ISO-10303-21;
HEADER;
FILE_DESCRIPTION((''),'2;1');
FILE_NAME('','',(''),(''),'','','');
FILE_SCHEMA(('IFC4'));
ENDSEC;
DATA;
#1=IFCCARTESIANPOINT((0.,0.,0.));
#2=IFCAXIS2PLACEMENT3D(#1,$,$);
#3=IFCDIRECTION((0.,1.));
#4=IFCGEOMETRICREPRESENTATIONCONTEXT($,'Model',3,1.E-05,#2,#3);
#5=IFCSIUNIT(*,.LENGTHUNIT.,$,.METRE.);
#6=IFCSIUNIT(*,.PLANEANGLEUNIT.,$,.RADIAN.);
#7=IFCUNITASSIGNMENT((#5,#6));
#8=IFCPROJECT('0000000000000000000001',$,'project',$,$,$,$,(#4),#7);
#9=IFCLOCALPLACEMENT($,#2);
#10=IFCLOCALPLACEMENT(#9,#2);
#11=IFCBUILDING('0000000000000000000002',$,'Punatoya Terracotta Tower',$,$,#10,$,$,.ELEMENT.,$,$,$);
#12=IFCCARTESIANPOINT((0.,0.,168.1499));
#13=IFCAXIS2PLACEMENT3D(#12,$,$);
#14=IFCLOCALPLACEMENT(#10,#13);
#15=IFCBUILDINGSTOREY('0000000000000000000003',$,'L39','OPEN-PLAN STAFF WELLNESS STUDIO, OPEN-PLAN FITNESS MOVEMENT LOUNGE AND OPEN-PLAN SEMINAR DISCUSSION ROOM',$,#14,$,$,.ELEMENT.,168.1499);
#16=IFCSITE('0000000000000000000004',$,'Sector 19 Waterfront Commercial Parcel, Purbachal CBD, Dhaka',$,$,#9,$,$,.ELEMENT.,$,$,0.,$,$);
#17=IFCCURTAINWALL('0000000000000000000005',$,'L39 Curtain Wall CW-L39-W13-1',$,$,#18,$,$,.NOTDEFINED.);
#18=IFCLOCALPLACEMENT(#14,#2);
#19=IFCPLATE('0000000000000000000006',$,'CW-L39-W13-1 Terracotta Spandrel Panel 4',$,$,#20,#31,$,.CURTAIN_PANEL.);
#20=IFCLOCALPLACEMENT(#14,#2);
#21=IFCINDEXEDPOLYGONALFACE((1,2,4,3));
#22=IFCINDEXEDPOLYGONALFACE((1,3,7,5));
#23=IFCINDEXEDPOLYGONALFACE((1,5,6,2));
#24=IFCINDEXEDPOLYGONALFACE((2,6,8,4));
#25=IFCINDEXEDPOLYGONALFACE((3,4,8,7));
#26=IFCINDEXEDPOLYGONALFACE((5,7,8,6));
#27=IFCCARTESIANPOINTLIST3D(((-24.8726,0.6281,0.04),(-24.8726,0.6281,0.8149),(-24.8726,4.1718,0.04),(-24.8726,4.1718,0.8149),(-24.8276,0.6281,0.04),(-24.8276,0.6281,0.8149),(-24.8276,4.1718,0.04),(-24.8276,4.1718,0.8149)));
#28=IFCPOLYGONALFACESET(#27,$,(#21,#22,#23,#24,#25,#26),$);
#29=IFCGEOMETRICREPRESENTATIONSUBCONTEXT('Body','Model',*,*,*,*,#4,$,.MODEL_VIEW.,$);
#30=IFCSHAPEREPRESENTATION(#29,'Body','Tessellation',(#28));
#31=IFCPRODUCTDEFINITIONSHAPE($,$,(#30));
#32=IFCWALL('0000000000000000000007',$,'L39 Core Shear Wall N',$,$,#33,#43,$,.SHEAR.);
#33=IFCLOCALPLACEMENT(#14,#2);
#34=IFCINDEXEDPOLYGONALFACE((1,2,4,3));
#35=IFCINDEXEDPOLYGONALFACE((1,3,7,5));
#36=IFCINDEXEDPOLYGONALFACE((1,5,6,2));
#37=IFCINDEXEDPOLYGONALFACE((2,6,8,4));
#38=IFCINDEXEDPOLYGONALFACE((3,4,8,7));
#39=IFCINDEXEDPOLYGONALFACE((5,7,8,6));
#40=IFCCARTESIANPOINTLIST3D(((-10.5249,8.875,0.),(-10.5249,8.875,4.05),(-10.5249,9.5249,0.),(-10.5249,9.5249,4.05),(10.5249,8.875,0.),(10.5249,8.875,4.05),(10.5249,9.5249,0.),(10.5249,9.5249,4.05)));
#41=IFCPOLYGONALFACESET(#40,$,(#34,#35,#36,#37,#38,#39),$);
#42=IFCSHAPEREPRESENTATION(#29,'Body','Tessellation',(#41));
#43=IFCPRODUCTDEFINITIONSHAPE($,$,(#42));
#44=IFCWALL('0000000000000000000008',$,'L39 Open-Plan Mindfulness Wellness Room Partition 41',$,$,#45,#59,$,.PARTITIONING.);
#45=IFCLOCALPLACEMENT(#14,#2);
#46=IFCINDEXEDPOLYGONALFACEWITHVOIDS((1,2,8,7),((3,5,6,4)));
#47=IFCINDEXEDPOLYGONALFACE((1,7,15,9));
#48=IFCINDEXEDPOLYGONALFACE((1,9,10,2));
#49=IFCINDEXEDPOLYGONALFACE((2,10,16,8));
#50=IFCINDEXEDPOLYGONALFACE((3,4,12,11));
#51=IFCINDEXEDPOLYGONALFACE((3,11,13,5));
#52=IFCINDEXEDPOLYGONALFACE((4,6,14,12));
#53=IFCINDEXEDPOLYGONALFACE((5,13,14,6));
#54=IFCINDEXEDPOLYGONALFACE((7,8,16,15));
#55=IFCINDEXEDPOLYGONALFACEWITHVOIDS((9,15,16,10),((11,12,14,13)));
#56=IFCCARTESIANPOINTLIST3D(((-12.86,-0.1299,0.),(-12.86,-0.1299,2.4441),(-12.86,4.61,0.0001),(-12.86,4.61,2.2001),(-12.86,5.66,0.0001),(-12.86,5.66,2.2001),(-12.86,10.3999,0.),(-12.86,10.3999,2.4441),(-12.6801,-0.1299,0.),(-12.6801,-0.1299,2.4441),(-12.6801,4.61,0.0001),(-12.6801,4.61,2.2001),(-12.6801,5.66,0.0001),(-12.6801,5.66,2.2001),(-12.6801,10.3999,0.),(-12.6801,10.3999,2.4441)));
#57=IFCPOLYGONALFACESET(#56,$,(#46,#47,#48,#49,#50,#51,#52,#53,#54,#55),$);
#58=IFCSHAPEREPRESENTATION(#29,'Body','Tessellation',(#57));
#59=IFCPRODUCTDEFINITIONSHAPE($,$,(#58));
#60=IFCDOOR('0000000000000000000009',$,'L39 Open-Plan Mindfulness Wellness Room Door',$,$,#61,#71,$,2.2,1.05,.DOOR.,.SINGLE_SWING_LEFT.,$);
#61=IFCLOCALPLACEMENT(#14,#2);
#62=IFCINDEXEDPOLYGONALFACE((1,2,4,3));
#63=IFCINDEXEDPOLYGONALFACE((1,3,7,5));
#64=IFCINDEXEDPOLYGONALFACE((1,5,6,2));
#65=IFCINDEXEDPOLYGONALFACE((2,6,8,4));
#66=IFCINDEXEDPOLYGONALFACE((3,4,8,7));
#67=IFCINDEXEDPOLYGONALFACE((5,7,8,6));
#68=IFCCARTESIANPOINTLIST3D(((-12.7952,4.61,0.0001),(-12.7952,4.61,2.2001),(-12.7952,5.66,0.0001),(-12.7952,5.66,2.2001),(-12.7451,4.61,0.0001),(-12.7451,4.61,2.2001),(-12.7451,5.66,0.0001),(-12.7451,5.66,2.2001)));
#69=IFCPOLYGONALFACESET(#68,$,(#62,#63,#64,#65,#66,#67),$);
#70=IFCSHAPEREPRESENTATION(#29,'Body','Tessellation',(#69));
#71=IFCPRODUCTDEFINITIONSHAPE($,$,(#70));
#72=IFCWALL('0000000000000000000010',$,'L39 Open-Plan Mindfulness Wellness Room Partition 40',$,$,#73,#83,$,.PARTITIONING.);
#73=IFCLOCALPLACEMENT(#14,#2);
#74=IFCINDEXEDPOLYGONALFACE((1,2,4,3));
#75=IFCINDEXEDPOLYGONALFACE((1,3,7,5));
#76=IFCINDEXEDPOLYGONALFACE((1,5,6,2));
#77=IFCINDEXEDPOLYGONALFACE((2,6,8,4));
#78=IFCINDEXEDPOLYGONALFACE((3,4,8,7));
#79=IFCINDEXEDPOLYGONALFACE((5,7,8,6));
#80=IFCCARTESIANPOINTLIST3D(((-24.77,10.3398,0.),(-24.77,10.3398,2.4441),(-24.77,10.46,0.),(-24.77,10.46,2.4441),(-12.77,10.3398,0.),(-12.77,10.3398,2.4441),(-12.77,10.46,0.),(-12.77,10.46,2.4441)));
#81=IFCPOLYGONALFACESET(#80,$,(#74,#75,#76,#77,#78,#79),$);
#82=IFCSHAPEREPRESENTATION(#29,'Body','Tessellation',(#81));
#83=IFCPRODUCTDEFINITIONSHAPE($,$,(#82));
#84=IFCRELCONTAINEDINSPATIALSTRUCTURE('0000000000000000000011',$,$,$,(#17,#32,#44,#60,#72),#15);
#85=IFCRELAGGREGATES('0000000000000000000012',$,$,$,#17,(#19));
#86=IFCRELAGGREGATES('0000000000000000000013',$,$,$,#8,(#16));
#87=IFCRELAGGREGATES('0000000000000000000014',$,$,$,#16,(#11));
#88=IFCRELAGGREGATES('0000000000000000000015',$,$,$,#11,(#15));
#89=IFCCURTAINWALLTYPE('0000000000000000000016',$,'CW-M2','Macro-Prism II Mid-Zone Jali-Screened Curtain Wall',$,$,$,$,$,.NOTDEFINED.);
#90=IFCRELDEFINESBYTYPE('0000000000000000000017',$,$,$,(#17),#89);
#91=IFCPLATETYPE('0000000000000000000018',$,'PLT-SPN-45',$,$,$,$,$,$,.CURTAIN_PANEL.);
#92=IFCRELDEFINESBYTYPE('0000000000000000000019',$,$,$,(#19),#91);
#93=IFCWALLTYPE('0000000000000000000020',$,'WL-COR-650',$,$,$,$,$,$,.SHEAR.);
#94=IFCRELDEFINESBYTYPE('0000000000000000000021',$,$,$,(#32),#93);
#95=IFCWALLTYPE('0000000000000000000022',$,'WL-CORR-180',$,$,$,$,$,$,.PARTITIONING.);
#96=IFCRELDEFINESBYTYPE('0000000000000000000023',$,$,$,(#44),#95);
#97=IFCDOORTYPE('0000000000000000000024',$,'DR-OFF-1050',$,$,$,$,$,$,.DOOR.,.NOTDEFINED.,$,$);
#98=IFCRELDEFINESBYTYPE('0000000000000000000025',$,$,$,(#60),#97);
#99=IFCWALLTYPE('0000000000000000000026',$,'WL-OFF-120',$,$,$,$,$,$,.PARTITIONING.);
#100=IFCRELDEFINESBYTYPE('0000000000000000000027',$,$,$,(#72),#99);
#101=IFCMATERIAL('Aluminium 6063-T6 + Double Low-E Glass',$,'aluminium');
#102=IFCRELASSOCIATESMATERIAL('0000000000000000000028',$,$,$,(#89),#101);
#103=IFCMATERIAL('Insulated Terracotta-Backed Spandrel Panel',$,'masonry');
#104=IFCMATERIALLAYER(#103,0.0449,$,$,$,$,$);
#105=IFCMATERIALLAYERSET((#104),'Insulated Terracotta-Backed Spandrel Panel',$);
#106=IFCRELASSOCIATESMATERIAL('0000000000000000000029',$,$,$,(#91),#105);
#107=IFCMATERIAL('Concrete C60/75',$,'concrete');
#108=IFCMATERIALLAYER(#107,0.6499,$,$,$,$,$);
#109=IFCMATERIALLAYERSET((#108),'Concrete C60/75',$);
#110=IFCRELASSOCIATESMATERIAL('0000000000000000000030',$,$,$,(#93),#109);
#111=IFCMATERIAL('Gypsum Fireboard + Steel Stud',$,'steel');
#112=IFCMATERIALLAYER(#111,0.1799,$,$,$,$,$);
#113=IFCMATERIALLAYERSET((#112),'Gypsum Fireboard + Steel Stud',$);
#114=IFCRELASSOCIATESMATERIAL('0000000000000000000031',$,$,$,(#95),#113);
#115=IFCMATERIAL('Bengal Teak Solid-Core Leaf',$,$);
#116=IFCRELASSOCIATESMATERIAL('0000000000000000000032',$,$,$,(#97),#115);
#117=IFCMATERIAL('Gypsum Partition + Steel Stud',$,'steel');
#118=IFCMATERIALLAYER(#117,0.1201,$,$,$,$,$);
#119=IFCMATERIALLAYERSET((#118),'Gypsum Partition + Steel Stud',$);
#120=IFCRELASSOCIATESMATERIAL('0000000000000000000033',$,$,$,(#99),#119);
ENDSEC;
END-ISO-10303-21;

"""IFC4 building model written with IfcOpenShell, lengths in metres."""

from ifc_helpers import new_model, si_unit, direction, frame, frame_2d, origin, origin_2d, place, context, subcontext, project, spatial, rectangle, extrude, material, layer, layer_set, type_object, element, fill, aggregate, save


model = new_model("IFC4")

# Units and contexts
model_context = context("Model", 3, precision=1e-05, world=origin(), true_north=direction((0.0, 1.0)))
body_context = subcontext(model_context, "Body", "Model", "MODEL_VIEW")
ifc_project = project(units=[si_unit("LENGTHUNIT", "METRE"), si_unit("PLANEANGLEUNIT", "RADIAN")], contexts=[model_context])

# Site, building, storey
site_placement = place(None, origin())
site = spatial("IfcSite", under=ifc_project, at=site_placement, Name="Sector 19 Waterfront Commercial Parcel, Purbachal CBD, Dhaka", CompositionType="ELEMENT", RefElevation=0.0)
building_placement = place(site_placement, origin())
building = spatial("IfcBuilding", under=site, at=building_placement, Name="Punatoya Terracotta Tower", CompositionType="ELEMENT")
storey_placement = place(building_placement, frame((0.0, 0.0, 168.1499)))
storey = spatial("IfcBuildingStorey", under=building, at=storey_placement, Name="L39", Description="OPEN-PLAN STAFF WELLNESS STUDIO, OPEN-PLAN FITNESS MOVEMENT LOUNGE AND OPEN-PLAN SEMINAR DISCUSSION ROOM", CompositionType="ELEMENT", Elevation=168.1499)

# Curtain wall, plate
ifc_material_1 = material(Name="Aluminium 6063-T6 + Double Low-E Glass", Category="aluminium")
curtain_wall_type = type_object("IfcCurtainWallType", Name="CW-M2", Description="Macro-Prism II Mid-Zone Jali-Screened Curtain Wall", PredefinedType="NOTDEFINED", material=ifc_material_1)
curtain_wall_placement = place(storey_placement, origin())
curtain_wall = element("IfcCurtainWall", 1, at=curtain_wall_placement, inside=storey, type_object=curtain_wall_type, Name="L39 Curtain Wall CW-L39-W13-1", PredefinedType="NOTDEFINED")
ifc_material_2 = material(Name="Insulated Terracotta-Backed Spandrel Panel", Category="masonry")
ifc_layer_1 = layer(ifc_material_2, 0.0449)
ifc_layer_set_1 = layer_set([ifc_layer_1], Name="Insulated Terracotta-Backed Spandrel Panel")
plate_type_1 = type_object("IfcPlateType", Name="PLT-SPN-45", PredefinedType="CURTAIN_PANEL", material=ifc_layer_set_1)
plate_1_placement = place(storey_placement, frame((-24.8501, 2.3999, 0.04), z_axis=(0.0, 0.0, 1.0), x_axis=(0.0, -1.0, 0.0)))
plate_1 = element("IfcPlate", 2, at=plate_1_placement, type_object=plate_type_1, Name="CW-L39-W13-1 Terracotta Spandrel Panel 4", PredefinedType="CURTAIN_PANEL", context=body_context, shape_type="SweptSolid", body=[
    extrude(rectangle(XDim=3.5437, YDim=0.0449, at=origin_2d()), origin(), (0.0, 0.0, 1.0), 0.7749),
])
aggregate(curtain_wall, [plate_1])

# Wall
ifc_material_3 = material(Name="Concrete C60/75", Category="concrete")
ifc_layer_2 = layer(ifc_material_3, 0.6499)
ifc_layer_set_2 = layer_set([ifc_layer_2], Name="Concrete C60/75")
wall_type_1 = type_object("IfcWallType", Name="WL-COR-650", PredefinedType="SHEAR", material=ifc_layer_set_2)
wall_1_placement = place(storey_placement, frame((-10.5249, 9.2, 0.0), z_axis=(0.0, 0.0, 1.0), x_axis=(1.0, 0.0, 0.0)))
element("IfcWall", 3, at=wall_1_placement, inside=storey, type_object=wall_type_1, Name="L39 Core Shear Wall N", PredefinedType="SHEAR", context=body_context, shape_type="SweptSolid", body=[
    extrude(rectangle(XDim=21.0498, YDim=0.6499, at=frame_2d((10.5249, 0.0))), origin(), (0.0, 0.0, 1.0), 4.05),
])

# Wall, opening, door
ifc_material_4 = material(Name="Gypsum Fireboard + Steel Stud", Category="steel")
ifc_layer_3 = layer(ifc_material_4, 0.1799)
ifc_layer_set_3 = layer_set([ifc_layer_3], Name="Gypsum Fireboard + Steel Stud")
wall_type_2 = type_object("IfcWallType", Name="WL-CORR-180", PredefinedType="PARTITIONING", material=ifc_layer_set_3)
wall_2_placement = place(storey_placement, frame((-12.77, 10.3999, 0.0), z_axis=(0.0, 0.0, 1.0), x_axis=(0.0, -1.0, 0.0)))
wall_2 = element("IfcWall", 4, at=wall_2_placement, inside=storey, type_object=wall_type_2, Name="L39 Open-Plan Mindfulness Wellness Room Partition 41", PredefinedType="PARTITIONING", context=body_context, shape_type="SweptSolid", body=[
    extrude(rectangle(XDim=10.5298, YDim=0.1799, at=frame_2d((5.2649, 0.0))), origin(), (0.0, 0.0, 1.0), 2.4441),
])
opening_placement = place(wall_2_placement, frame((4.74, 0.0, 0.0)))
opening = element("IfcOpeningElement", 5, at=opening_placement, cuts=wall_2, PredefinedType="OPENING", context=body_context, shape_type="SweptSolid", body=[
    extrude(rectangle(XDim=1.05, YDim=2.2, at=frame_2d((0.5249, 1.1001))), frame((0.0, 0.0999, 0.0), z_axis=(0.0, -1.0, 0.0), x_axis=(1.0, 0.0, 0.0)), (0.0, 0.0, 1.0), 0.2),
])
ifc_material_5 = material(Name="Bengal Teak Solid-Core Leaf")
door_type = type_object("IfcDoorType", Name="DR-OFF-1050", OperationType="NOTDEFINED", PredefinedType="DOOR", material=ifc_material_5)
door_placement = place(opening_placement, origin())
door = element("IfcDoor", 6, at=door_placement, inside=storey, type_object=door_type, Name="L39 Open-Plan Mindfulness Wellness Room Door", OperationType="SINGLE_SWING_LEFT", OverallHeight=2.2, OverallWidth=1.05, PredefinedType="DOOR", context=body_context, shape_type="SweptSolid", body=[
    extrude(rectangle(XDim=1.05, YDim=2.2, at=frame_2d((0.5249, 1.1001))), frame((0.0, 0.0249, 0.0), z_axis=(0.0, -1.0, 0.0), x_axis=(1.0, 0.0, 0.0)), (0.0, 0.0, 1.0), 0.05),
])
fill(opening, door)

# Wall
ifc_material_6 = material(Name="Gypsum Partition + Steel Stud", Category="steel")
ifc_layer_4 = layer(ifc_material_6, 0.1201)
ifc_layer_set_4 = layer_set([ifc_layer_4], Name="Gypsum Partition + Steel Stud")
wall_type_3 = type_object("IfcWallType", Name="WL-OFF-120", PredefinedType="PARTITIONING", material=ifc_layer_set_4)
wall_3_placement = place(storey_placement, frame((-24.77, 10.3999, 0.0), z_axis=(0.0, 0.0, 1.0), x_axis=(1.0, 0.0, 0.0)))
element("IfcWall", 7, at=wall_3_placement, inside=storey, type_object=wall_type_3, Name="L39 Open-Plan Mindfulness Wellness Room Partition 40", PredefinedType="PARTITIONING", context=body_context, shape_type="SweptSolid", body=[
    extrude(rectangle(XDim=12.0, YDim=0.1201, at=frame_2d((6.0, 0.0))), origin(), (0.0, 0.0, 1.0), 2.4441),
])

save(model, "model.ifc")
